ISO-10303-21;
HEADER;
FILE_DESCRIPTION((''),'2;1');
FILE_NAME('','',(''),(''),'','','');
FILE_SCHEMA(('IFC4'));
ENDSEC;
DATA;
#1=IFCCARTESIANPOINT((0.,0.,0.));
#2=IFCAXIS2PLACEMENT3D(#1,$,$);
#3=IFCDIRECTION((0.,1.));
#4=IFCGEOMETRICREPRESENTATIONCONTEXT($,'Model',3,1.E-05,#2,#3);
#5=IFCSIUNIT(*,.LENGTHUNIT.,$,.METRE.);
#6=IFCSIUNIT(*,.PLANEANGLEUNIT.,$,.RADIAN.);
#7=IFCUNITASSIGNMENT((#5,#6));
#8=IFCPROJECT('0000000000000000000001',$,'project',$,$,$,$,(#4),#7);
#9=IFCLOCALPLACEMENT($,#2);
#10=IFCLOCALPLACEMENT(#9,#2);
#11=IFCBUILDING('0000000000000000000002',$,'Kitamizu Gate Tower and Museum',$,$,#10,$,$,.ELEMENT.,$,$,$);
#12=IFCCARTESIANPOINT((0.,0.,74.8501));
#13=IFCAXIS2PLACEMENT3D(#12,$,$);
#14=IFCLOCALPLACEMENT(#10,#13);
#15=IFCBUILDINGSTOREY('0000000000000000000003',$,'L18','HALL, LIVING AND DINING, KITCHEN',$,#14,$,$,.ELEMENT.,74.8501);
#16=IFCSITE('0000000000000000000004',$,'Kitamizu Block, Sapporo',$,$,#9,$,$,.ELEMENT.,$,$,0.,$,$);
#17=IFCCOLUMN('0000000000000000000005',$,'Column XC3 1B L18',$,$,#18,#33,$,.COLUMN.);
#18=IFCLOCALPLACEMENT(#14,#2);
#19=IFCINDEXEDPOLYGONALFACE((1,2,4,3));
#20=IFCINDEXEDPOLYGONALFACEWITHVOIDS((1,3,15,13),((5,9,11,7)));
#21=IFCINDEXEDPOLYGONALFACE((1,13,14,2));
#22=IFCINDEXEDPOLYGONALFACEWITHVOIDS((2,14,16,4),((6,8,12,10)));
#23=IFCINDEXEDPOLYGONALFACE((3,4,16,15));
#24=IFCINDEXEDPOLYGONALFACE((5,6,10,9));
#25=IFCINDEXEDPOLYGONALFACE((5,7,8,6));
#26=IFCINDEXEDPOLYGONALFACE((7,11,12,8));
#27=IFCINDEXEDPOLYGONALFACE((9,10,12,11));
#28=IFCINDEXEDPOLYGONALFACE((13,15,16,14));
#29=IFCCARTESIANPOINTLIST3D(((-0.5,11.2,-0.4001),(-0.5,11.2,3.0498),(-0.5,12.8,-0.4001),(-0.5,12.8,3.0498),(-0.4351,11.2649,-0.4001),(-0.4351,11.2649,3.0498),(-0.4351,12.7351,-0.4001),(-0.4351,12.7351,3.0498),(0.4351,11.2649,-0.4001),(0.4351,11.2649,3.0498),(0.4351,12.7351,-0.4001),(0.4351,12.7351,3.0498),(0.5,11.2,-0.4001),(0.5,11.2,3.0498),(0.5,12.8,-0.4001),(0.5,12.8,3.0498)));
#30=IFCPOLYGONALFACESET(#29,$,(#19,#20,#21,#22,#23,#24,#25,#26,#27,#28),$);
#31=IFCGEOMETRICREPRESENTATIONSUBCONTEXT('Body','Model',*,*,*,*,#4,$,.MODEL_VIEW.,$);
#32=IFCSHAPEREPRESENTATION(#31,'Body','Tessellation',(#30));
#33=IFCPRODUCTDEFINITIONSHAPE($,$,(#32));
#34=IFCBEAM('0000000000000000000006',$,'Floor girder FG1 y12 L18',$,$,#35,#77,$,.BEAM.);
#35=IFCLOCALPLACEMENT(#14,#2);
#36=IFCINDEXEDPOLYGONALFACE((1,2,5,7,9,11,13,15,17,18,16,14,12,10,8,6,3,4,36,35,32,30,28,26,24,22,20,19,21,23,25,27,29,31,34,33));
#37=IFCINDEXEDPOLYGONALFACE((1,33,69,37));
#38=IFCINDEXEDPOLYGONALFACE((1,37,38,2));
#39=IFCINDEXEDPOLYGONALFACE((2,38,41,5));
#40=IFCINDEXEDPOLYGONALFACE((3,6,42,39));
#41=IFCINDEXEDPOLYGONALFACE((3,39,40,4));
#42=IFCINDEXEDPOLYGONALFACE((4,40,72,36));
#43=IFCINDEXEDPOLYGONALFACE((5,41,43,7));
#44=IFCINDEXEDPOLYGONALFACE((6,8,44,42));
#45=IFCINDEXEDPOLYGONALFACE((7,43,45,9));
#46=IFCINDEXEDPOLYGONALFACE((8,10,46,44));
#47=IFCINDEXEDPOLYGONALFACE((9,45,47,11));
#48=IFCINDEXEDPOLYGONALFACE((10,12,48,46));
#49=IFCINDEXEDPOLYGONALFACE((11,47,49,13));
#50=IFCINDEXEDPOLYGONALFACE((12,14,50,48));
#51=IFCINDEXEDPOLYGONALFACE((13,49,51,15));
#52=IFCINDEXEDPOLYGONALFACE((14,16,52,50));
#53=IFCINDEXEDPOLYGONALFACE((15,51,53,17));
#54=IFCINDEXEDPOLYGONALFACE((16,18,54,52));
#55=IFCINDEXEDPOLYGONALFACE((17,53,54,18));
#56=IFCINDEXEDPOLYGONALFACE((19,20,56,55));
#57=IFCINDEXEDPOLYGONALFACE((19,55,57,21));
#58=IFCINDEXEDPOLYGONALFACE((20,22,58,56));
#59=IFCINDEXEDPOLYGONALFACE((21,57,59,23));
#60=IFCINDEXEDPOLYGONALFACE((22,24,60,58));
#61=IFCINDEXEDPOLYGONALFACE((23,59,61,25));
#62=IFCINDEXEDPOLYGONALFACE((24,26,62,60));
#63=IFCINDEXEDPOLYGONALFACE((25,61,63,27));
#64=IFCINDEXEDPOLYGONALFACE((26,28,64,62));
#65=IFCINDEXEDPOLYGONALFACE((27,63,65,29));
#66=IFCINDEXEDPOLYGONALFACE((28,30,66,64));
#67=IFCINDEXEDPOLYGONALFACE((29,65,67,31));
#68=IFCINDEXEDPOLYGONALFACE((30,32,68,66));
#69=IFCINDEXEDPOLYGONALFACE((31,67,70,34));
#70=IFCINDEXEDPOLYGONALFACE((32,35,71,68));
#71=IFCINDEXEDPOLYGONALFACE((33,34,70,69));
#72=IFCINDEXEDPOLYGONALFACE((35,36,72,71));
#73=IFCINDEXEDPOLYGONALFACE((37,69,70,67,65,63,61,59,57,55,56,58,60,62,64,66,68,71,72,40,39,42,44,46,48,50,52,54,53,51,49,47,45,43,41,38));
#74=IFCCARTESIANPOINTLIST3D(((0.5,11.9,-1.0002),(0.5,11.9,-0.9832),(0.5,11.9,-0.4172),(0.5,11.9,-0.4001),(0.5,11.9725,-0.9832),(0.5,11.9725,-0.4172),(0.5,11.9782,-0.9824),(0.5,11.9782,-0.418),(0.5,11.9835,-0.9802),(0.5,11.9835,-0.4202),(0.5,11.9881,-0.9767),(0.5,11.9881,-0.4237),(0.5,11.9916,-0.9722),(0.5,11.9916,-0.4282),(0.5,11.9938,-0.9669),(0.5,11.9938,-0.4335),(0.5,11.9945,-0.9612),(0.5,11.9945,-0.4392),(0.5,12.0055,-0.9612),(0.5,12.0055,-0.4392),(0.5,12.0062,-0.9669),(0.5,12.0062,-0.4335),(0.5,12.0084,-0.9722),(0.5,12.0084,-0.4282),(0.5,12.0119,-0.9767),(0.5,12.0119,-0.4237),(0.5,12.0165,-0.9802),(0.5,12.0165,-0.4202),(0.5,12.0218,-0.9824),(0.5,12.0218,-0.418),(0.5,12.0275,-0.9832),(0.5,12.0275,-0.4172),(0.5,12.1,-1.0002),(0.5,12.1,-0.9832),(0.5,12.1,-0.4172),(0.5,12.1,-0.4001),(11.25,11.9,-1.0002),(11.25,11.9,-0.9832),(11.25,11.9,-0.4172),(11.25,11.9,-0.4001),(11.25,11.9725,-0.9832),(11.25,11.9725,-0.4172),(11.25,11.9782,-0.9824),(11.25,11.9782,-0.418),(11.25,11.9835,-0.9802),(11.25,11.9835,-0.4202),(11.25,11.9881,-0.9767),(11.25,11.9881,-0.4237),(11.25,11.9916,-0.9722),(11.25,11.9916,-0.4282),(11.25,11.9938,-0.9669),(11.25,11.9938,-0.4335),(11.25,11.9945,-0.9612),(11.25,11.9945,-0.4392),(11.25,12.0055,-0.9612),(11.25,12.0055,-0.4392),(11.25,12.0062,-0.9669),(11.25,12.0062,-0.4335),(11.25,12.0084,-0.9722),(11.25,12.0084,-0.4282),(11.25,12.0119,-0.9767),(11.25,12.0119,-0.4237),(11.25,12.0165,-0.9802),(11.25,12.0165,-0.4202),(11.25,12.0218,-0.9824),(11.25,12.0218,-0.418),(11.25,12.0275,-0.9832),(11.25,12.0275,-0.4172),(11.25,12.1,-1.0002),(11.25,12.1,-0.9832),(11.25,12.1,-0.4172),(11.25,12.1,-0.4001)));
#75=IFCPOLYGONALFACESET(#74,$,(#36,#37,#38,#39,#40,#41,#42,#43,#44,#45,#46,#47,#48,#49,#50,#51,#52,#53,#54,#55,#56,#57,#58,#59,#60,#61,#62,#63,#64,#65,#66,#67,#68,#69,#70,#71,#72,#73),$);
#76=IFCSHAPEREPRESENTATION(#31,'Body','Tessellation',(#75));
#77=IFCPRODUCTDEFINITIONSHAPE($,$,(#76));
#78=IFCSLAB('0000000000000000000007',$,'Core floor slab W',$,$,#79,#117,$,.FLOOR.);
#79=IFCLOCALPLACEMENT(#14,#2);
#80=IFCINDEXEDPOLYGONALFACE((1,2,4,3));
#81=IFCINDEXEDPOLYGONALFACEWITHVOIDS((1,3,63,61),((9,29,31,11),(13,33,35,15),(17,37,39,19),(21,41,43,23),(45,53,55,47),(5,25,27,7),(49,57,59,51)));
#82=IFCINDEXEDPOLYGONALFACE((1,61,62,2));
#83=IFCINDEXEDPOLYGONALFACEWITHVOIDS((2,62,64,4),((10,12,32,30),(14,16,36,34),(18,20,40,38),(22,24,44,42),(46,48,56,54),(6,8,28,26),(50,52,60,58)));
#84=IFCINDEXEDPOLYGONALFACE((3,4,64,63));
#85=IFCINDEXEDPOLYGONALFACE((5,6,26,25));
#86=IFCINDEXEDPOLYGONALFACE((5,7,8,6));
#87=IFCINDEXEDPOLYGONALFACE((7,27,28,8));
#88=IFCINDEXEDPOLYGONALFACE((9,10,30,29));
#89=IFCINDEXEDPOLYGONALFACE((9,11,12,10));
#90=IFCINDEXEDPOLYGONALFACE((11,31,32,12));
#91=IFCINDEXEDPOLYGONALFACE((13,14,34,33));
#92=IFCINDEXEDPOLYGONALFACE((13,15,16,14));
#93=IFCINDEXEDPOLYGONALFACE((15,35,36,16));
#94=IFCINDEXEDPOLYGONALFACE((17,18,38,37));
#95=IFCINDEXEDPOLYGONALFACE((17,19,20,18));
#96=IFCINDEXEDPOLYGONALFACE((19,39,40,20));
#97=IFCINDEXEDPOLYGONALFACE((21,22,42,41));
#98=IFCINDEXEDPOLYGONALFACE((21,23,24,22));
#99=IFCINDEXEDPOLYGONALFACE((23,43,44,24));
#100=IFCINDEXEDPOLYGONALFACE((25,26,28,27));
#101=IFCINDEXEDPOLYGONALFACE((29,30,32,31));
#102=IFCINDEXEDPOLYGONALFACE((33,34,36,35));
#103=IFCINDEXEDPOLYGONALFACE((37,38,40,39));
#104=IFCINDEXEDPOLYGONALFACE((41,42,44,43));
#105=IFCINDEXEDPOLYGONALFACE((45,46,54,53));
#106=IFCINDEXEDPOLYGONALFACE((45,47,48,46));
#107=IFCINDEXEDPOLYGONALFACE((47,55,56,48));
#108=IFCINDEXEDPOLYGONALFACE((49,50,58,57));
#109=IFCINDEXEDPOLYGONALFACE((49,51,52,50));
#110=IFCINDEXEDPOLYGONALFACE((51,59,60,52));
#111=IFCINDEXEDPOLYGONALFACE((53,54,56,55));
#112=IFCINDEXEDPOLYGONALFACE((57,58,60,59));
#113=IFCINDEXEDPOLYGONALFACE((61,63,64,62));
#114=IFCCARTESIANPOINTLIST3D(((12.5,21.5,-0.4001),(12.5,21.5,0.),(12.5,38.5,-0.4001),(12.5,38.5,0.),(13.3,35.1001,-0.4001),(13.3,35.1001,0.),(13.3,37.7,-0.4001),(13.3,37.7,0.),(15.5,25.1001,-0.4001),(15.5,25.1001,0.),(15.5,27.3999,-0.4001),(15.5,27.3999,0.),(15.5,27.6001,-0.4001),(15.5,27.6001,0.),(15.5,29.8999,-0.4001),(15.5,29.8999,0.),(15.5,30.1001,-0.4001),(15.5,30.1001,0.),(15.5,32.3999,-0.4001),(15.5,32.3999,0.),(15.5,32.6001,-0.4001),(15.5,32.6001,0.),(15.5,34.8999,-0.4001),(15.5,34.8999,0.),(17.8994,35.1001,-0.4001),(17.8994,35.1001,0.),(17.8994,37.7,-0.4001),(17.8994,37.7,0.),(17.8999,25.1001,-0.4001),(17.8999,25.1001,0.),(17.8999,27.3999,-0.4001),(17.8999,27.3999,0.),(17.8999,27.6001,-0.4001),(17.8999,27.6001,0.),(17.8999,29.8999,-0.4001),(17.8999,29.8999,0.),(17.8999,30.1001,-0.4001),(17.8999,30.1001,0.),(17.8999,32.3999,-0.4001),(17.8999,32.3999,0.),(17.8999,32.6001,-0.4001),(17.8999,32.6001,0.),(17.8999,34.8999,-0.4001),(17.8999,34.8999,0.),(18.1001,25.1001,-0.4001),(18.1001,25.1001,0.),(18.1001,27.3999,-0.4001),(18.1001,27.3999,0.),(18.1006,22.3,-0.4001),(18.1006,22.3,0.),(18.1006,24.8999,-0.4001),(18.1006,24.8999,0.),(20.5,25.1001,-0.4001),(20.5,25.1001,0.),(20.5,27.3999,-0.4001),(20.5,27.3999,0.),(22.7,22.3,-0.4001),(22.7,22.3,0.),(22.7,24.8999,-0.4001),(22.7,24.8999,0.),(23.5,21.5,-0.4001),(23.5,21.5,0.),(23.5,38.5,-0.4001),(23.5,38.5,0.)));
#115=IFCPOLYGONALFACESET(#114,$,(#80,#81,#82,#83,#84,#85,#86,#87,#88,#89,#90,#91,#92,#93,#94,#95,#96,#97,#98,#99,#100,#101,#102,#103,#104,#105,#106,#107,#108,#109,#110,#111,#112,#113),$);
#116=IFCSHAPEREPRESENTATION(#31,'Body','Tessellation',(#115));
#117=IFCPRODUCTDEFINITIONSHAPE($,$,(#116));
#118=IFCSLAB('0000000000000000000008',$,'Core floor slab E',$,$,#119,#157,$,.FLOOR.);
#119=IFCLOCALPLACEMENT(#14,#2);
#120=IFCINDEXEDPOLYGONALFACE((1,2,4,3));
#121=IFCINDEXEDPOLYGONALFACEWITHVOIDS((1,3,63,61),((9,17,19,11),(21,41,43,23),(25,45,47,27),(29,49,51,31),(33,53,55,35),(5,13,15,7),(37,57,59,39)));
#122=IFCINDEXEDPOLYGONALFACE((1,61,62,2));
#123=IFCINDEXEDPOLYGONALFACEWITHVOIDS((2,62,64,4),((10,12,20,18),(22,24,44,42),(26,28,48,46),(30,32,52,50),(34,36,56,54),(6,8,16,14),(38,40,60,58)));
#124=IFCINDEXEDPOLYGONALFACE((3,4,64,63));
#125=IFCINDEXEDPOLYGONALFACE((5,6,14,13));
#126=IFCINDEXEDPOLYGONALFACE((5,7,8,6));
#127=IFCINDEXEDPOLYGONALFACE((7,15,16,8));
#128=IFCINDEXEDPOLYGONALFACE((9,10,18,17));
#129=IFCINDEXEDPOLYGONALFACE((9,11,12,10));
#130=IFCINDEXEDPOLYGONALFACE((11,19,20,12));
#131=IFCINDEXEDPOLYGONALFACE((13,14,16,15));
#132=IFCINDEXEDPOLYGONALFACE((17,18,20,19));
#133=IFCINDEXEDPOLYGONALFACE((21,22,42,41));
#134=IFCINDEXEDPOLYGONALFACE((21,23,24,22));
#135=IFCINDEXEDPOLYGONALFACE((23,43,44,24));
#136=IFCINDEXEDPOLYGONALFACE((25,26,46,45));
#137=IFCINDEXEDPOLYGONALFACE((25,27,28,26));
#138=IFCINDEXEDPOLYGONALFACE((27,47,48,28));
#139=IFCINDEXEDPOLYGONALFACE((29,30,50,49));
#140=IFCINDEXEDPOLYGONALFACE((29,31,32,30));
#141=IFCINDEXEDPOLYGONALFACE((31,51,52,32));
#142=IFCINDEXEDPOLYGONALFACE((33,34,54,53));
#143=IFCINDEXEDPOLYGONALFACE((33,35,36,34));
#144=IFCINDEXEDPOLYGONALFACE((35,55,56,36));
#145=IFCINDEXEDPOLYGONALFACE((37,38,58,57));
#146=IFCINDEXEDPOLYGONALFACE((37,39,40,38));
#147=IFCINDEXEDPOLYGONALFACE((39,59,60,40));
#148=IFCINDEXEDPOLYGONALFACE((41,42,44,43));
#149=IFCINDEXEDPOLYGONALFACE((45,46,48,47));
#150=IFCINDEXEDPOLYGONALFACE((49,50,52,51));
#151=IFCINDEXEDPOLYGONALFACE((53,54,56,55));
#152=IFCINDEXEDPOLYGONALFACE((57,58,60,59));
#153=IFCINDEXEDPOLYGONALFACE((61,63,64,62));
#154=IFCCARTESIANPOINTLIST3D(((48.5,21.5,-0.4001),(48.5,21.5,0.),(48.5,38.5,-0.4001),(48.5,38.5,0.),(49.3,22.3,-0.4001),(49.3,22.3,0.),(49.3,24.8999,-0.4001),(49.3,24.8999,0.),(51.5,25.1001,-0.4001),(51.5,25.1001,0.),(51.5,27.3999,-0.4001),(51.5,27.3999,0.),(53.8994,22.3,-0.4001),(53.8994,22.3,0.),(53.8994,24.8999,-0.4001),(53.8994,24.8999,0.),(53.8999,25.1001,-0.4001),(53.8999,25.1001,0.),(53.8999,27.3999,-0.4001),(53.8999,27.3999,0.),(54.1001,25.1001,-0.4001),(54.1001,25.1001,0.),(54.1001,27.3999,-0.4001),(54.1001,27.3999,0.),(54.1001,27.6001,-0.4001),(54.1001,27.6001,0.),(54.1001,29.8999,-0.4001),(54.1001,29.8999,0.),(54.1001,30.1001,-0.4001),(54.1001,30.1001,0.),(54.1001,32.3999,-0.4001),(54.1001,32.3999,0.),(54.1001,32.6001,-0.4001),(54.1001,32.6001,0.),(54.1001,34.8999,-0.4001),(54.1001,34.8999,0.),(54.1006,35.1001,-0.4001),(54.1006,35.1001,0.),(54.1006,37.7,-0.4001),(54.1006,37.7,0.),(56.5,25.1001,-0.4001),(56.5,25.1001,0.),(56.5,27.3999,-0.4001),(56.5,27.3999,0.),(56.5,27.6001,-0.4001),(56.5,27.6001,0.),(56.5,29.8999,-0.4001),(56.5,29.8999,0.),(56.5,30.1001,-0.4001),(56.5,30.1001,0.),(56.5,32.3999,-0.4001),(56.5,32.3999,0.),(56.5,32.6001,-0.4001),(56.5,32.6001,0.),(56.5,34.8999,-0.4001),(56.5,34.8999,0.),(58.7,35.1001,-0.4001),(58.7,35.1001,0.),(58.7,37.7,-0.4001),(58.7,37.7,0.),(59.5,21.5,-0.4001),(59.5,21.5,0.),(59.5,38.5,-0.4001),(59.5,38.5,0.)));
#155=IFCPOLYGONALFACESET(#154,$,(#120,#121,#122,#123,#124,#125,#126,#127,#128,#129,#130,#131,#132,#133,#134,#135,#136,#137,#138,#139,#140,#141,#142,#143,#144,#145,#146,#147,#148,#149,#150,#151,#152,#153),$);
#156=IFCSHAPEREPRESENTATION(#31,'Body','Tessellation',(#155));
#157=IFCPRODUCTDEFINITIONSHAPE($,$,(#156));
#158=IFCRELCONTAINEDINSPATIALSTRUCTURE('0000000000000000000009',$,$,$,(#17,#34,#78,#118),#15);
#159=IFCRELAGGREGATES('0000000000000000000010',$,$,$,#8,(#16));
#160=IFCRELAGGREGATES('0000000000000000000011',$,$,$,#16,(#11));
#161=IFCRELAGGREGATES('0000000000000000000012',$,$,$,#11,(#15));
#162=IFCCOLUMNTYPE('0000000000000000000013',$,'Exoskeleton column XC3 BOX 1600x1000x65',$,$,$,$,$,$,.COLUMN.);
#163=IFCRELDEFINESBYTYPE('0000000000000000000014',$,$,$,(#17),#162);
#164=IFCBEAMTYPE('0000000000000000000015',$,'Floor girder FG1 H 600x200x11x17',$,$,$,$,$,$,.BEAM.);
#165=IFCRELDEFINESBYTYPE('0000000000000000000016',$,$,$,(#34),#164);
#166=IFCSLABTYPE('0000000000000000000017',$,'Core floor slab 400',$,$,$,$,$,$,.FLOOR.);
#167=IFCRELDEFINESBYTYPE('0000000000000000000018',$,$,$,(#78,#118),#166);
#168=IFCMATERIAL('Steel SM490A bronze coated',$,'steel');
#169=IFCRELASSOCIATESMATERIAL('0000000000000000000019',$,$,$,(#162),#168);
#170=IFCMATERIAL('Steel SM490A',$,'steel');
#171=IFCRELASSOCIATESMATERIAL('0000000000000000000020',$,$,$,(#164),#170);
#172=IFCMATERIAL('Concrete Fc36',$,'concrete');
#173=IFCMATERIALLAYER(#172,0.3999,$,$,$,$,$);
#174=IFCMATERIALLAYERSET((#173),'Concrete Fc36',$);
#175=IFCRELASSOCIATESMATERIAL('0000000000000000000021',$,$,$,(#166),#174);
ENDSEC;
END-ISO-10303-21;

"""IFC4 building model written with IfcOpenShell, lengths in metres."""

from ifc_helpers import new_model, si_unit, direction, frame, origin, origin_2d, place, context, subcontext, project, spatial, polyline, hollow_rectangle, i_section, outline, extrude, material, layer, layer_set, material_profile, profile_set, type_object, element, save


model = new_model("IFC4")

# Units and contexts
model_context = context("Model", 3, precision=1e-05, world=origin(), true_north=direction((0.0, 1.0)))
body_context = subcontext(model_context, "Body", "Model", "MODEL_VIEW")
ifc_project = project(units=[si_unit("LENGTHUNIT", "METRE"), si_unit("PLANEANGLEUNIT", "RADIAN")], contexts=[model_context])

# Site, building, storey
site_placement = place(None, origin())
site = spatial("IfcSite", under=ifc_project, at=site_placement, Name="Kitamizu Block, Sapporo", CompositionType="ELEMENT", RefElevation=0.0)
building_placement = place(site_placement, origin())
building = spatial("IfcBuilding", under=site, at=building_placement, Name="Kitamizu Gate Tower and Museum", CompositionType="ELEMENT")
storey_placement = place(building_placement, frame((0.0, 0.0, 74.8501)))
storey = spatial("IfcBuildingStorey", under=building, at=storey_placement, Name="L18", Description="HALL, LIVING AND DINING, KITCHEN", CompositionType="ELEMENT", Elevation=74.8501)

# Column
ifc_material_1 = material(Name="Steel SM490A bronze coated", Category="steel")
ifc_material_profile_1 = material_profile(ifc_material_1, hollow_rectangle(XDim=1.6001, YDim=1.0, WallThickness=0.0649, at=origin_2d()), Name="BOX 1600x1000x65")
ifc_profile_set_1 = profile_set([ifc_material_profile_1], Name="Steel SM490A bronze coated")
column_type = type_object("IfcColumnType", Name="Exoskeleton column XC3 BOX 1600x1000x65", PredefinedType="COLUMN", material=ifc_profile_set_1)
column_placement = place(storey_placement, frame((0.0, 12.0, -0.4001), z_axis=(0.0, 0.0, 1.0), x_axis=(0.0, 1.0, 0.0)))
element("IfcColumn", 1, at=column_placement, inside=storey, type_object=column_type, Name="Column XC3 1B L18", PredefinedType="COLUMN", context=body_context, shape_type="SweptSolid", body=[
    extrude(hollow_rectangle(XDim=1.6001, YDim=1.0, WallThickness=0.0649, at=origin_2d()), origin(), (0.0, 0.0, 1.0), 3.45),
])

# Beam
ifc_material_2 = material(Name="Steel SM490A", Category="steel")
ifc_material_profile_2 = material_profile(ifc_material_2, i_section(OverallWidth=0.2, OverallDepth=0.6001, WebThickness=0.011, FlangeThickness=0.0171, FilletRadius=0.022, at=origin_2d()), Name="H-600x200x11x17")
ifc_profile_set_2 = profile_set([ifc_material_profile_2], Name="Steel SM490A")
beam_type = type_object("IfcBeamType", Name="Floor girder FG1 H 600x200x11x17", PredefinedType="BEAM", material=ifc_profile_set_2)
beam_placement = place(storey_placement, frame((0.5, 12.0, -0.7002), z_axis=(1.0, 0.0, 0.0), x_axis=(0.0, 1.0, 0.0)))
element("IfcBeam", 2, at=beam_placement, inside=storey, type_object=beam_type, Name="Floor girder FG1 y12 L18", PredefinedType="BEAM", context=body_context, shape_type="SweptSolid", body=[
    extrude(i_section(OverallWidth=0.2, OverallDepth=0.6001, WebThickness=0.011, FlangeThickness=0.0171, FilletRadius=0.022, at=origin_2d()), origin(), (0.0, 0.0, 1.0), 10.75),
])

# Slabs
ifc_material_3 = material(Name="Concrete Fc36", Category="concrete")
ifc_layer_1 = layer(ifc_material_3, 0.3999)
ifc_layer_set_1 = layer_set([ifc_layer_1], Name="Concrete Fc36")
slab_type_1 = type_object("IfcSlabType", Name="Core floor slab 400", PredefinedType="FLOOR", material=ifc_layer_set_1)
slab_1_placement = place(storey_placement, frame((0.0, 0.0, -0.4001)))
element("IfcSlab", 3, at=slab_1_placement, inside=storey, type_object=slab_type_1, Name="Core floor slab W", PredefinedType="FLOOR", context=body_context, shape_type="SweptSolid", body=[
    extrude(outline(polyline([(12.5, 21.5), (23.5, 21.5), (23.5, 38.5), (12.5, 38.5), (12.5, 21.5)]), holes=[polyline([(15.5, 25.1001), (17.8999, 25.1001), (17.8999, 27.3999), (15.5, 27.3999), (15.5, 25.1001)]), polyline([(15.5, 27.6001), (17.8999, 27.6001), (17.8999, 29.8999), (15.5, 29.8999), (15.5, 27.6001)]), polyline([(15.5, 30.1001), (17.8999, 30.1001), (17.8999, 32.3999), (15.5, 32.3999), (15.5, 30.1001)]), polyline([(15.5, 32.6001), (17.8999, 32.6001), (17.8999, 34.8999), (15.5, 34.8999), (15.5, 32.6001)]), polyline([(18.1001, 25.1001), (20.5, 25.1001), (20.5, 27.3999), (18.1001, 27.3999), (18.1001, 25.1001)]), polyline([(18.1006, 22.3), (22.7, 22.3), (22.7, 24.8999), (18.1006, 24.8999), (18.1006, 22.3)]), polyline([(13.3, 35.1001), (17.8994, 35.1001), (17.8994, 37.7), (13.3, 37.7), (13.3, 35.1001)])]), origin(), (0.0, 0.0, 1.0), 0.4001),
])
slab_2_placement = place(storey_placement, frame((0.0, 0.0, -0.4001)))
element("IfcSlab", 4, at=slab_2_placement, inside=storey, type_object=slab_type_1, Name="Core floor slab E", PredefinedType="FLOOR", context=body_context, shape_type="SweptSolid", body=[
    extrude(outline(polyline([(48.5, 21.5), (59.5, 21.5), (59.5, 38.5), (48.5, 38.5), (48.5, 21.5)]), holes=[polyline([(54.1001, 25.1001), (56.5, 25.1001), (56.5, 27.3999), (54.1001, 27.3999), (54.1001, 25.1001)]), polyline([(54.1001, 27.6001), (56.5, 27.6001), (56.5, 29.8999), (54.1001, 29.8999), (54.1001, 27.6001)]), polyline([(54.1001, 30.1001), (56.5, 30.1001), (56.5, 32.3999), (54.1001, 32.3999), (54.1001, 30.1001)]), polyline([(54.1001, 32.6001), (56.5, 32.6001), (56.5, 34.8999), (54.1001, 34.8999), (54.1001, 32.6001)]), polyline([(51.5, 25.1001), (53.8999, 25.1001), (53.8999, 27.3999), (51.5, 27.3999), (51.5, 25.1001)]), polyline([(49.3, 22.3), (53.8994, 22.3), (53.8994, 24.8999), (49.3, 24.8999), (49.3, 22.3)]), polyline([(54.1006, 35.1001), (58.7, 35.1001), (58.7, 37.7), (54.1006, 37.7), (54.1006, 35.1001)])]), origin(), (0.0, 0.0, 1.0), 0.4001),
])

save(model, "model.ifc")
